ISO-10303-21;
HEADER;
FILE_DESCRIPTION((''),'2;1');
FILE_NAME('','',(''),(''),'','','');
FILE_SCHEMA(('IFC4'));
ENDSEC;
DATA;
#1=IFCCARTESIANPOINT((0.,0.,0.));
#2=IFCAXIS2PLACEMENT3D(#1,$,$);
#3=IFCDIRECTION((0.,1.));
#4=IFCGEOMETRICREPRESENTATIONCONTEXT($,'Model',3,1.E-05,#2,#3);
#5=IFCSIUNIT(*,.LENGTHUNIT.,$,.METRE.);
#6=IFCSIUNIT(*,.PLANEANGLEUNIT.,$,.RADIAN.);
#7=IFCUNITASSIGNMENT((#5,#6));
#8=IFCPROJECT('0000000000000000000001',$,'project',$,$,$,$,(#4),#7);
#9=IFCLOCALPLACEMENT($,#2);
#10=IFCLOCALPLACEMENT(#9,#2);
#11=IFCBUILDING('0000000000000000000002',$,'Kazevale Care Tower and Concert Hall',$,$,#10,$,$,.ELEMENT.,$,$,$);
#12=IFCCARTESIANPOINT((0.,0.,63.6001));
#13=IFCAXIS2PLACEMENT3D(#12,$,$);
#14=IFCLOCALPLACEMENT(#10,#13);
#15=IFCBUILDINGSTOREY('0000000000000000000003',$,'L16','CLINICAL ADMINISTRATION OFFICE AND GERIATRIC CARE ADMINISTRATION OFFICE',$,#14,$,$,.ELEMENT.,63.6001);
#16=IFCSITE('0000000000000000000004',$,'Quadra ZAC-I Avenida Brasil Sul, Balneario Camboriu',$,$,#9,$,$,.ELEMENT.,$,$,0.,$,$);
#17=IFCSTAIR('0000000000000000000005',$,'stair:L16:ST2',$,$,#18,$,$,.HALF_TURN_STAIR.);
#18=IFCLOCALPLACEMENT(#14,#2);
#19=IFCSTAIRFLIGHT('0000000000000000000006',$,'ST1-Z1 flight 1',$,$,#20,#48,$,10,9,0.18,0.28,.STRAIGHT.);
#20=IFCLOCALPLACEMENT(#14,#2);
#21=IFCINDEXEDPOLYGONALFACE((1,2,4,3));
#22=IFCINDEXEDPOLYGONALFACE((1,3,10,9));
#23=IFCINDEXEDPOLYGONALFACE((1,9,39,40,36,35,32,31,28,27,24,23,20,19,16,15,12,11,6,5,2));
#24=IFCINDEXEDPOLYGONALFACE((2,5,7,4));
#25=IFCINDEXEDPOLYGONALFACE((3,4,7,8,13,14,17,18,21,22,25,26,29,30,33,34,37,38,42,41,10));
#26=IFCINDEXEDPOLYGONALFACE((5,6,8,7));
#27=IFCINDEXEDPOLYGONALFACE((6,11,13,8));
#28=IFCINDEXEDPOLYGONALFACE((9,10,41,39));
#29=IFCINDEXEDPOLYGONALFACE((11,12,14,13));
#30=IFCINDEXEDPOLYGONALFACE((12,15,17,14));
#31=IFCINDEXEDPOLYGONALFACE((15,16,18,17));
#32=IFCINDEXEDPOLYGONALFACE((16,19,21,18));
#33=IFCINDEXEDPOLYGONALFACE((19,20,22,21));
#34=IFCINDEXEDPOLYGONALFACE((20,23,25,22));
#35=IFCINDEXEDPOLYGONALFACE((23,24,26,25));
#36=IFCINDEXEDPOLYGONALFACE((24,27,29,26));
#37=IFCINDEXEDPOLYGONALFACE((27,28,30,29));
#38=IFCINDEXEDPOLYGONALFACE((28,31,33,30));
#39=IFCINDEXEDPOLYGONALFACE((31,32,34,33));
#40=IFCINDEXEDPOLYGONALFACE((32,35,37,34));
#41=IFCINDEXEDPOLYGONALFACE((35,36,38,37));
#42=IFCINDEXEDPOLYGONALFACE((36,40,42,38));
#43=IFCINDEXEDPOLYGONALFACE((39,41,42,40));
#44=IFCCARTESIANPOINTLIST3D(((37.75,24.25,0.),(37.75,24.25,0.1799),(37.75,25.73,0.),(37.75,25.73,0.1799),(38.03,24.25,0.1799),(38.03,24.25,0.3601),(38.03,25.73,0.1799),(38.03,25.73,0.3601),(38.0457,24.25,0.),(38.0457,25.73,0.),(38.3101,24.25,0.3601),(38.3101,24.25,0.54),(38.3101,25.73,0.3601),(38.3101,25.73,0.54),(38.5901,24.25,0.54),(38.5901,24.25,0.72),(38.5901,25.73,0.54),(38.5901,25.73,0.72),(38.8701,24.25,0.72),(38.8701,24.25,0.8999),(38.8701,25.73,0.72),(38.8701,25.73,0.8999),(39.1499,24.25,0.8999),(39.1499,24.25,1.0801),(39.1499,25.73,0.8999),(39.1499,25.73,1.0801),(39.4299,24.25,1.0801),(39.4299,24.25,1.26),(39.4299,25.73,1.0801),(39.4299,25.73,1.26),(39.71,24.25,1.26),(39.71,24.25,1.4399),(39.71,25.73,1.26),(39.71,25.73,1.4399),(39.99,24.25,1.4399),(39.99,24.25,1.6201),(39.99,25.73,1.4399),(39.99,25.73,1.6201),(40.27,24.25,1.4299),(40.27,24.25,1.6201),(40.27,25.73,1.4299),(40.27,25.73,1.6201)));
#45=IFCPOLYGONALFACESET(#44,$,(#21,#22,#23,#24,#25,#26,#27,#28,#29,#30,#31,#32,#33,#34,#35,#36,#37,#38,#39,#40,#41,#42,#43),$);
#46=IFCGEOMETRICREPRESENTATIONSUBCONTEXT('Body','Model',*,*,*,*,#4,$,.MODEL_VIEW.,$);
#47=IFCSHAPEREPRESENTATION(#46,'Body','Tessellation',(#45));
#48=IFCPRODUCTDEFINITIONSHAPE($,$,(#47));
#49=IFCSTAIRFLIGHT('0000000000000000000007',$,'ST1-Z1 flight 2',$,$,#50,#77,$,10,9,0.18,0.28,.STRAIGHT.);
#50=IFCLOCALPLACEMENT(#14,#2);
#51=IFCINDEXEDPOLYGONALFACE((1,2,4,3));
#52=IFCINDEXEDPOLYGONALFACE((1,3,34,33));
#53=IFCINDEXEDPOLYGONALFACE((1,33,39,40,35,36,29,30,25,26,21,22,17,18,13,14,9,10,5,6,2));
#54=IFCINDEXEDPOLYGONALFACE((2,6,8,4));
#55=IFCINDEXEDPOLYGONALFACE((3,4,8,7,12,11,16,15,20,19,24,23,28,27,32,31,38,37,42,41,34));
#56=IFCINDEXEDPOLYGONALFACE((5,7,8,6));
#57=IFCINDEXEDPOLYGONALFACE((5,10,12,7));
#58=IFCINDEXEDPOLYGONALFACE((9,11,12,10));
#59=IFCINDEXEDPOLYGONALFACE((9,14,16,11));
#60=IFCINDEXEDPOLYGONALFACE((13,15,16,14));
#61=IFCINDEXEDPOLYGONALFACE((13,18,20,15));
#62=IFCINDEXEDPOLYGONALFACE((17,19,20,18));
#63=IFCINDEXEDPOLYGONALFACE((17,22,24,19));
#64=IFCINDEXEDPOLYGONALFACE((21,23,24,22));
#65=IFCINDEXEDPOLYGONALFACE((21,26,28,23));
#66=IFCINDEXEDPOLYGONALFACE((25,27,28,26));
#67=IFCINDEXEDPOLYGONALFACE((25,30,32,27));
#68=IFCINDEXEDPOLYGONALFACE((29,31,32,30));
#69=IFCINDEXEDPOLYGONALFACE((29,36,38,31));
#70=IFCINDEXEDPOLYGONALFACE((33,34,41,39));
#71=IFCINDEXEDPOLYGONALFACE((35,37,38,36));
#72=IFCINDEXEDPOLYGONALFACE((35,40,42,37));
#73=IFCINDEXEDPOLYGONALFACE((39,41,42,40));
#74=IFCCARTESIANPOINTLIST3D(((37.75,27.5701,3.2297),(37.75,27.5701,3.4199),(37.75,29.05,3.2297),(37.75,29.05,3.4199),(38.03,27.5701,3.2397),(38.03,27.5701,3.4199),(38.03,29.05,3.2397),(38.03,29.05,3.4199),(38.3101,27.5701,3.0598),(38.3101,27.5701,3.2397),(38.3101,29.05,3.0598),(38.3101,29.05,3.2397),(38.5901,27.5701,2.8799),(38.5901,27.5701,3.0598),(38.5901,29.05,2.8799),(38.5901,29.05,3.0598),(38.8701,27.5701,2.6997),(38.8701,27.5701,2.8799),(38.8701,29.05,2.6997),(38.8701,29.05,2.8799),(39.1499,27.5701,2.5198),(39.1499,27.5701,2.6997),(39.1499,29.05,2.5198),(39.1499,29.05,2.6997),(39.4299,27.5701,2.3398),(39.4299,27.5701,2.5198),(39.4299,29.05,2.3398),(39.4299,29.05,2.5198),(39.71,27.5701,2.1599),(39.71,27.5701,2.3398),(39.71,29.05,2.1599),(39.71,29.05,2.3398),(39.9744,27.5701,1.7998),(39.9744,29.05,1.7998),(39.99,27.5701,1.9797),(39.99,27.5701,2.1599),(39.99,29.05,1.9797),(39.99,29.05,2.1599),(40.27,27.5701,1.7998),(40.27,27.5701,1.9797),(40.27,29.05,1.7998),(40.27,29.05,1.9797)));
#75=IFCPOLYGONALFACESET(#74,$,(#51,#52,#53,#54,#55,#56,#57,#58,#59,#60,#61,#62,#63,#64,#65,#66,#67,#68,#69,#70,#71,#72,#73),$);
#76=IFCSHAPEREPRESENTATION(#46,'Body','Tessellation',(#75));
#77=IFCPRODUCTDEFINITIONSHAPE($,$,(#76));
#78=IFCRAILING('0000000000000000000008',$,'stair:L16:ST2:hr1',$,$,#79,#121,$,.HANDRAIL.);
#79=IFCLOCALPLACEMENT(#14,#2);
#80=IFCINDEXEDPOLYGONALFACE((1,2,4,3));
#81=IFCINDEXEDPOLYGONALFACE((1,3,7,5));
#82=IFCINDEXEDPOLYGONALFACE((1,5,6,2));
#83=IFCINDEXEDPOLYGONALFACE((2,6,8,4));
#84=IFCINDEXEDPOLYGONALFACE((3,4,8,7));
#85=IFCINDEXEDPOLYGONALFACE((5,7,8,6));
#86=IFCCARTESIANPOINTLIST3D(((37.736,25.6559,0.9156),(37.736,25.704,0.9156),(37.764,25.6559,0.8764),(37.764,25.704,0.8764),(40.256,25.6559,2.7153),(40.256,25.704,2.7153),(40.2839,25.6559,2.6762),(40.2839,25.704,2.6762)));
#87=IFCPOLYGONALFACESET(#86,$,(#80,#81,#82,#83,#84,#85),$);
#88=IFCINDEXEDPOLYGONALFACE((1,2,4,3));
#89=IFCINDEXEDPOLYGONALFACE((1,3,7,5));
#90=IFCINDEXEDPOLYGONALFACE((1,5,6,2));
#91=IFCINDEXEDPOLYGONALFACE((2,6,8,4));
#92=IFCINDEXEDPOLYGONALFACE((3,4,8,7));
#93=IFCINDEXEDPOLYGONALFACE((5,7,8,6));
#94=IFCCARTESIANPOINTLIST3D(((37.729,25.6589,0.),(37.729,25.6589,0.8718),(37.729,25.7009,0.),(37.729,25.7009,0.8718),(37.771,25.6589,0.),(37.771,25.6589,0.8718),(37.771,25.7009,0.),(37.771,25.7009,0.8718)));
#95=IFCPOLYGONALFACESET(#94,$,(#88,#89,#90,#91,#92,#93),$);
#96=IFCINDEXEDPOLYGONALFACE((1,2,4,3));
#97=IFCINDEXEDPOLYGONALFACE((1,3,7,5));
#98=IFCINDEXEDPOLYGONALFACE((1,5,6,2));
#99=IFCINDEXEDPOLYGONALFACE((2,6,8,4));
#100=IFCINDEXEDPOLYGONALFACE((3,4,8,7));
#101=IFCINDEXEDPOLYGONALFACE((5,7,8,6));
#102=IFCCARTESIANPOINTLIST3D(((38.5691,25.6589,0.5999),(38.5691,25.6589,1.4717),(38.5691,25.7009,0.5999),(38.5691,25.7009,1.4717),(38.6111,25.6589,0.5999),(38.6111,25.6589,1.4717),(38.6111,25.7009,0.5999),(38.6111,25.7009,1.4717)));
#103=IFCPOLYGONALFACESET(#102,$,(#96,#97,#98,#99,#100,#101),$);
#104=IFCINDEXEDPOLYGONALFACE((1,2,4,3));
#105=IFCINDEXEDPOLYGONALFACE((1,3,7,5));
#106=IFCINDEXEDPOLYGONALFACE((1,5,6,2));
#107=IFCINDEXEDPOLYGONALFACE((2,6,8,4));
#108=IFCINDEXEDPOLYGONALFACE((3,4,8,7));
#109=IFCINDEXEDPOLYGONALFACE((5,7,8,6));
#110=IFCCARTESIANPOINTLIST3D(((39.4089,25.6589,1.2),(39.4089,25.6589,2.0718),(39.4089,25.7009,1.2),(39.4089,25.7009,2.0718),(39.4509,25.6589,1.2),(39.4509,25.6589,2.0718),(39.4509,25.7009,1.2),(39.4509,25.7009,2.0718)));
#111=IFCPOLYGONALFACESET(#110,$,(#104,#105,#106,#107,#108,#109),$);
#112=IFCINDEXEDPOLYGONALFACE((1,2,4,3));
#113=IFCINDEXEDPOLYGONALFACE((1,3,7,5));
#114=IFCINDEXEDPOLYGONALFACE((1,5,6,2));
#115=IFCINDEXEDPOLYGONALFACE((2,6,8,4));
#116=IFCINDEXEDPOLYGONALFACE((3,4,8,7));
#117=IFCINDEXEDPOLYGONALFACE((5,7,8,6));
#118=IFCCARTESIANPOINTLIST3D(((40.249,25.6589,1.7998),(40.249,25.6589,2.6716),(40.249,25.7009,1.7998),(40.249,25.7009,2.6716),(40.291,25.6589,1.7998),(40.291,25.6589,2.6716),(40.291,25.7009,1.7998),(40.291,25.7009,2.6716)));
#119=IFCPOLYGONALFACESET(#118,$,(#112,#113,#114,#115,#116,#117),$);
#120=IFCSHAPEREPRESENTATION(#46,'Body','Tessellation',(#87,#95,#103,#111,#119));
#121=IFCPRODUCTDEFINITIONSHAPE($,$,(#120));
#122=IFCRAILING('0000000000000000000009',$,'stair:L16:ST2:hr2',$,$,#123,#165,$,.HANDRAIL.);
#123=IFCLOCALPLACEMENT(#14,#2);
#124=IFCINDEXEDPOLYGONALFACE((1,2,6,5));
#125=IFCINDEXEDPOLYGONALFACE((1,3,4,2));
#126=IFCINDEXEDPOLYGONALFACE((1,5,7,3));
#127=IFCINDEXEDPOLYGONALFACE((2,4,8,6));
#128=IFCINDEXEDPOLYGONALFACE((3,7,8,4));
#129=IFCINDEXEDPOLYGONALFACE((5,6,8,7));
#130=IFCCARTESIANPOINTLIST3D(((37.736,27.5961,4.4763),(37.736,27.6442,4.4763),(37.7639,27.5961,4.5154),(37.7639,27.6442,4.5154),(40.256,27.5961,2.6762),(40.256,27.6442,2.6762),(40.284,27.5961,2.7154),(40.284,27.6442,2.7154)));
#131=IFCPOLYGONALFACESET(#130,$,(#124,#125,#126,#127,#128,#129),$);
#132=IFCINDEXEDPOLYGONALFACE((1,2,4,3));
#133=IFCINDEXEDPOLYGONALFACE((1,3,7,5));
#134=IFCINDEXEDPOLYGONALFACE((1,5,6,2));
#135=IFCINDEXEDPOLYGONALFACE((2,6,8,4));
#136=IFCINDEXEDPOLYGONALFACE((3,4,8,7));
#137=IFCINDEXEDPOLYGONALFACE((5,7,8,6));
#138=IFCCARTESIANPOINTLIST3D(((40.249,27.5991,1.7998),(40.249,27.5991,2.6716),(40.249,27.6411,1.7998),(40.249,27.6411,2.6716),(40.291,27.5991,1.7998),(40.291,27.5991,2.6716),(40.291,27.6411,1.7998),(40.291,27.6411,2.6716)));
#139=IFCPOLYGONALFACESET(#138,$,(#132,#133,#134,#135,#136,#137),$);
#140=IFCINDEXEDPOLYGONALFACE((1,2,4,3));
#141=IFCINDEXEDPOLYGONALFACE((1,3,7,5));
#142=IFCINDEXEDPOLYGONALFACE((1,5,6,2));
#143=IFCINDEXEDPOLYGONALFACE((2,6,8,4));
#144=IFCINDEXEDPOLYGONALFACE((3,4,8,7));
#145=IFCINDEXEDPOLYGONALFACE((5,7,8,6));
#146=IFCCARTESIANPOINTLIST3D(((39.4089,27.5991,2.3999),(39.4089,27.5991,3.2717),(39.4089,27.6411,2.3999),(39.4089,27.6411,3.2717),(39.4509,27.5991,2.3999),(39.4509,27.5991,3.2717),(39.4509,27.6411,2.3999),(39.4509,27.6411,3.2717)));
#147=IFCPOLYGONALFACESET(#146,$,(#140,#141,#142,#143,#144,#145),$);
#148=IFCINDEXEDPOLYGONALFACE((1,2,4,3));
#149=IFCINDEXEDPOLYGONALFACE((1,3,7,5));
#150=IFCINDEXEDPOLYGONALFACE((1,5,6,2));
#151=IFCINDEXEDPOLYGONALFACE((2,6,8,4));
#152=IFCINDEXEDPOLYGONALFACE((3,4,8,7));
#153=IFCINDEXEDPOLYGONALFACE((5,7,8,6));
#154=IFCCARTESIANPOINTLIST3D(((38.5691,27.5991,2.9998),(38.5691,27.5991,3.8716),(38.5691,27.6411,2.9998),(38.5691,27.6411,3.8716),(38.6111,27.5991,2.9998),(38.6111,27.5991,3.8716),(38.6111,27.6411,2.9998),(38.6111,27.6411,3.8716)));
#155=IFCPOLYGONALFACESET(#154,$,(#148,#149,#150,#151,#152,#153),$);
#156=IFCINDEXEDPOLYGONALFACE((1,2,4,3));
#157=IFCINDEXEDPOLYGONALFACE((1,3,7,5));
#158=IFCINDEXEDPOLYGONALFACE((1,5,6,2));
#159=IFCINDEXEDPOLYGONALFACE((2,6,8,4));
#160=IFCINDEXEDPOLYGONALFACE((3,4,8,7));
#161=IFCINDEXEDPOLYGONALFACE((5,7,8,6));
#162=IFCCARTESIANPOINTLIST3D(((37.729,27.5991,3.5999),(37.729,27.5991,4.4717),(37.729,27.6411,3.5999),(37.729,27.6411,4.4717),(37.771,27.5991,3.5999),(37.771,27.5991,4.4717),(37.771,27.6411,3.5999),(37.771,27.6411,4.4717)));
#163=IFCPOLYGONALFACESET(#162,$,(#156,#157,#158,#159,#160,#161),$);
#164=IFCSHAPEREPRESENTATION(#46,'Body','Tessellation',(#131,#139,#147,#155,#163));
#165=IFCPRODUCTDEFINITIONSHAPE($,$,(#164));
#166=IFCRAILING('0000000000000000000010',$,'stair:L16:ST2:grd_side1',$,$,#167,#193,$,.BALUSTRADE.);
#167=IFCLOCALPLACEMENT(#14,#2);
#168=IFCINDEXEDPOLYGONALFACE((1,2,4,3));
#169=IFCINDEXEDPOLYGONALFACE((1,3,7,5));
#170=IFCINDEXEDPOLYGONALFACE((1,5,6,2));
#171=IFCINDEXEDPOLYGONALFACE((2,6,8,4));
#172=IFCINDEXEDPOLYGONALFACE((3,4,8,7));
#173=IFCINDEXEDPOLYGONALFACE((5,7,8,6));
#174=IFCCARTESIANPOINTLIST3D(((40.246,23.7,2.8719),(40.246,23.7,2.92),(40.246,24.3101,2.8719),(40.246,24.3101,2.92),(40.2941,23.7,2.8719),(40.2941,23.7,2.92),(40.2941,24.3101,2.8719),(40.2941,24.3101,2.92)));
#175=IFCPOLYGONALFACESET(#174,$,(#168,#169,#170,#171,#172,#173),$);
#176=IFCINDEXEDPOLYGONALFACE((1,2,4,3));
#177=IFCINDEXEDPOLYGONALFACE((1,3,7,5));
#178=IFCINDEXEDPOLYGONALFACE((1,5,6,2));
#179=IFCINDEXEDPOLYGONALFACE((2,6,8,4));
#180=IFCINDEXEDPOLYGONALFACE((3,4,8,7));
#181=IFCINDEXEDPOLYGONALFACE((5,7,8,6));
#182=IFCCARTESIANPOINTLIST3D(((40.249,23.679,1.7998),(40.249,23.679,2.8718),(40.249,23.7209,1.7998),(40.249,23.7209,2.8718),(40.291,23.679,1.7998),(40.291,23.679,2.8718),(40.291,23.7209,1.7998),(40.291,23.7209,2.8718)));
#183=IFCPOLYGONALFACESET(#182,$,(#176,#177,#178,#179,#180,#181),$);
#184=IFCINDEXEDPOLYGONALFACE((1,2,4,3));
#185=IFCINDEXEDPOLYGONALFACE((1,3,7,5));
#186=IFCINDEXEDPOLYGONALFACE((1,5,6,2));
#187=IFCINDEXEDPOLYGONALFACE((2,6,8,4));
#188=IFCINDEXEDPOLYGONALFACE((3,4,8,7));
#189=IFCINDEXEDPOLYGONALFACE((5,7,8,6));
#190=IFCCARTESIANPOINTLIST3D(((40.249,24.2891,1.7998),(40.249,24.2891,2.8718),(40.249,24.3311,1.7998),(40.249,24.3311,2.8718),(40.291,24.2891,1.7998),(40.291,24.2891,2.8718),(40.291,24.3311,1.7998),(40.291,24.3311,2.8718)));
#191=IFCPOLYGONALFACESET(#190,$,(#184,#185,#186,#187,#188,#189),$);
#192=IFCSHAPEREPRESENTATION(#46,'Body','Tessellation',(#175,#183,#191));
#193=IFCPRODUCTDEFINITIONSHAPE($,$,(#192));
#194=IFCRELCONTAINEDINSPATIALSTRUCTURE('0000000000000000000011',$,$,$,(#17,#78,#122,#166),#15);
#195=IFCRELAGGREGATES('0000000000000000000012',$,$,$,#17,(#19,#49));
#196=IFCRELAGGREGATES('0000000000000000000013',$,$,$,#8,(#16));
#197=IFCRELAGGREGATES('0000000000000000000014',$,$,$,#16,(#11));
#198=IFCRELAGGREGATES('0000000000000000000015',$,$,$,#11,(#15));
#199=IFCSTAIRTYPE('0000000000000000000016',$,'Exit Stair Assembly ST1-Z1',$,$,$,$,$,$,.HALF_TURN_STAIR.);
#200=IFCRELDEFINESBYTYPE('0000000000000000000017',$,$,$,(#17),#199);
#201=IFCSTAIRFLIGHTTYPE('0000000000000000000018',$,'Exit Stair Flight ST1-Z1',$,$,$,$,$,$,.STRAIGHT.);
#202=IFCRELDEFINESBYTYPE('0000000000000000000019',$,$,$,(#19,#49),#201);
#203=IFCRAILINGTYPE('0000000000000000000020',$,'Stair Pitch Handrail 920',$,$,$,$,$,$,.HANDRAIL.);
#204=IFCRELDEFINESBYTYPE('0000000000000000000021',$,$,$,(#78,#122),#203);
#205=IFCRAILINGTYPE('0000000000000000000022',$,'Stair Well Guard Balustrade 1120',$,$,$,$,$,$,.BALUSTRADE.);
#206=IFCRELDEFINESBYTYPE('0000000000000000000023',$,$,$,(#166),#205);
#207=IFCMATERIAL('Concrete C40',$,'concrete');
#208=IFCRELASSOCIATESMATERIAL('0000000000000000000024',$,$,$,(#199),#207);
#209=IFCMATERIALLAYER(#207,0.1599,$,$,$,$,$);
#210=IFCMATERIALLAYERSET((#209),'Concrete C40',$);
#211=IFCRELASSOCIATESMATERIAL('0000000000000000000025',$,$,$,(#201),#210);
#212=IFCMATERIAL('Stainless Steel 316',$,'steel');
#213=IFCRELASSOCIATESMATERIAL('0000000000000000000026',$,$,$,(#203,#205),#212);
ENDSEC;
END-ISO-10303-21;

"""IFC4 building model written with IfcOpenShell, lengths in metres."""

from ifc_helpers import new_model, si_unit, direction, frame, origin, origin_2d, place, context, subcontext, project, spatial, polyline, rectangle, outline, extrude, material, layer, layer_set, type_object, element, aggregate, save


model = new_model("IFC4")

# Units and contexts
model_context = context("Model", 3, precision=1e-05, world=origin(), true_north=direction((0.0, 1.0)))
body_context = subcontext(model_context, "Body", "Model", "MODEL_VIEW")
ifc_project = project(units=[si_unit("LENGTHUNIT", "METRE"), si_unit("PLANEANGLEUNIT", "RADIAN")], contexts=[model_context])

# Site, building, storey
site_placement = place(None, origin())
site = spatial("IfcSite", under=ifc_project, at=site_placement, Name="Quadra ZAC-I Avenida Brasil Sul, Balneario Camboriu", CompositionType="ELEMENT", RefElevation=0.0)
building_placement = place(site_placement, origin())
building = spatial("IfcBuilding", under=site, at=building_placement, Name="Kazevale Care Tower and Concert Hall", CompositionType="ELEMENT")
storey_placement = place(building_placement, frame((0.0, 0.0, 63.6001)))
storey = spatial("IfcBuildingStorey", under=building, at=storey_placement, Name="L16", Description="CLINICAL ADMINISTRATION OFFICE AND GERIATRIC CARE ADMINISTRATION OFFICE", CompositionType="ELEMENT", Elevation=63.6001)

# Shared definitions
ifc_material_1 = material(Name="Concrete C40", Category="concrete")

# Stair, stair flights
stair_type = type_object("IfcStairType", Name="Exit Stair Assembly ST1-Z1", PredefinedType="HALF_TURN_STAIR", material=ifc_material_1)
stair_placement = place(storey_placement, origin())
stair = element("IfcStair", 1, at=stair_placement, inside=storey, type_object=stair_type, Name="stair:L16:ST2", PredefinedType="HALF_TURN_STAIR")
ifc_layer_1 = layer(ifc_material_1, 0.1599)
ifc_layer_set_1 = layer_set([ifc_layer_1], Name="Concrete C40")
stair_flight_type = type_object("IfcStairFlightType", Name="Exit Stair Flight ST1-Z1", PredefinedType="STRAIGHT", material=ifc_layer_set_1)
stair_flight_1_placement = place(storey_placement, frame((37.75, 24.99, 0.0), z_axis=(0.0, 0.0, 1.0), x_axis=(1.0, 0.0, 0.0)))
stair_flight_1 = element("IfcStairFlight", 2, at=stair_flight_1_placement, type_object=stair_flight_type, Name="ST1-Z1 flight 1", NumberOfRisers=10, NumberOfTreads=9, PredefinedType="STRAIGHT", RiserHeight=0.18, TreadLength=0.28, context=body_context, shape_type="SweptSolid", body=[
    extrude(outline(polyline([(0.0, 0.0), (0.0, 0.1799), (0.28, 0.1799), (0.28, 0.3601), (0.5601, 0.3601), (0.5601, 0.54), (0.8401, 0.54), (0.8401, 0.72), (1.1201, 0.72), (1.1201, 0.8999), (1.3999, 0.8999), (1.3999, 1.0801), (1.6799, 1.0801), (1.6799, 1.26), (1.96, 1.26), (1.96, 1.4399), (2.24, 1.4399), (2.24, 1.6201), (2.52, 1.6201), (2.52, 1.8), (2.52, 1.4299), (0.2957, 0.0), (0.0, 0.0)])), frame((0.0, 0.74, 0.0), z_axis=(0.0, -1.0, 0.0), x_axis=(1.0, 0.0, 0.0)), (0.0, 0.0, 1.0), 1.48),
])
stair_flight_2_placement = place(storey_placement, frame((40.27, 28.3101, 1.7998), z_axis=(0.0, 0.0, 1.0), x_axis=(-1.0, 0.0, 0.0)))
stair_flight_2 = element("IfcStairFlight", 3, at=stair_flight_2_placement, type_object=stair_flight_type, Name="ST1-Z1 flight 2", NumberOfRisers=10, NumberOfTreads=9, PredefinedType="STRAIGHT", RiserHeight=0.18, TreadLength=0.28, context=body_context, shape_type="SweptSolid", body=[
    extrude(outline(polyline([(0.0, 0.0), (0.0, 0.1799), (0.28, 0.1799), (0.28, 0.3601), (0.5601, 0.3601), (0.5601, 0.54), (0.8401, 0.54), (0.8401, 0.72), (1.1201, 0.72), (1.1201, 0.8999), (1.3999, 0.8999), (1.3999, 1.0801), (1.6799, 1.0801), (1.6799, 1.26), (1.96, 1.26), (1.96, 1.4399), (2.24, 1.4399), (2.24, 1.6201), (2.52, 1.6201), (2.52, 1.8), (2.52, 1.4299), (0.2957, 0.0), (0.0, 0.0)])), frame((0.0, 0.74, 0.0), z_axis=(0.0, -1.0, 0.0), x_axis=(1.0, 0.0, 0.0)), (0.0, 0.0, 1.0), 1.48),
])
aggregate(stair, [stair_flight_1, stair_flight_2])

# Railings
ifc_material_2 = material(Name="Stainless Steel 316", Category="steel")
railing_type_1 = type_object("IfcRailingType", Name="Stair Pitch Handrail 920", PredefinedType="HANDRAIL", material=ifc_material_2)
railing_1_placement = place(storey_placement, frame((37.75, 25.6799, 0.0)))
element("IfcRailing", 4, at=railing_1_placement, inside=storey, type_object=railing_type_1, Name="stair:L16:ST2:hr1", PredefinedType="HANDRAIL", context=body_context, shape_type="SweptSolid", body=[
    extrude(rectangle(XDim=0.0481, YDim=0.0481, at=origin_2d()), frame((0.0, 0.0, 0.896), z_axis=(0.813765, 0.0, 0.581193), x_axis=(0.0, 1.0, 0.0)), (0.0, 0.0, 1.0), 3.0967),
    extrude(rectangle(XDim=0.042, YDim=0.042, at=origin_2d()), origin(), (0.0, 0.0, 1.0), 0.8718),
    extrude(rectangle(XDim=0.042, YDim=0.042, at=origin_2d()), frame((0.8401, 0.0, 0.5999)), (0.0, 0.0, 1.0), 0.8718),
    extrude(rectangle(XDim=0.042, YDim=0.042, at=origin_2d()), frame((1.6799, 0.0, 1.2)), (0.0, 0.0, 1.0), 0.8718),
    extrude(rectangle(XDim=0.042, YDim=0.042, at=origin_2d()), frame((2.52, 0.0, 1.7998)), (0.0, 0.0, 1.0), 0.8718),
])
railing_2_placement = place(storey_placement, frame((40.27, 27.6201, 1.7998)))
element("IfcRailing", 5, at=railing_2_placement, inside=storey, type_object=railing_type_1, Name="stair:L16:ST2:hr2", PredefinedType="HANDRAIL", context=body_context, shape_type="SweptSolid", body=[
    extrude(rectangle(XDim=0.0481, YDim=0.0481, at=origin_2d()), frame((0.0, 0.0, 0.896), z_axis=(-0.813728, 0.0, 0.581246), x_axis=(0.0, -1.0, 0.0)), (0.0, 0.0, 1.0), 3.0969),
    extrude(rectangle(XDim=0.042, YDim=0.042, at=origin_2d()), origin(), (0.0, 0.0, 1.0), 0.8718),
    extrude(rectangle(XDim=0.042, YDim=0.042, at=origin_2d()), frame((-0.8401, 0.0, 0.6001)), (0.0, 0.0, 1.0), 0.8718),
    extrude(rectangle(XDim=0.042, YDim=0.042, at=origin_2d()), frame((-1.6799, 0.0, 1.2)), (0.0, 0.0, 1.0), 0.8718),
    extrude(rectangle(XDim=0.042, YDim=0.042, at=origin_2d()), frame((-2.52, 0.0, 1.8)), (0.0, 0.0, 1.0), 0.8718),
])
railing_type_2 = type_object("IfcRailingType", Name="Stair Well Guard Balustrade 1120", PredefinedType="BALUSTRADE", material=ifc_material_2)
railing_3_placement = place(storey_placement, frame((40.27, 23.7, 1.7998)))
element("IfcRailing", 6, at=railing_3_placement, inside=storey, type_object=railing_type_2, Name="stair:L16:ST2:grd_side1", PredefinedType="BALUSTRADE", context=body_context, shape_type="SweptSolid", body=[
    extrude(rectangle(XDim=0.0481, YDim=0.0481, at=origin_2d()), frame((0.0, 0.0, 1.0962), z_axis=(0.0, 1.0, 0.0), x_axis=(-1.0, 0.0, 0.0)), (0.0, 0.0, 1.0), 0.6101),
    extrude(rectangle(XDim=0.042, YDim=0.042, at=origin_2d()), origin(), (0.0, 0.0, 1.0), 1.072),
    extrude(rectangle(XDim=0.042, YDim=0.042, at=origin_2d()), frame((0.0, 0.6101, 0.0)), (0.0, 0.0, 1.0), 1.072),
])

save(model, "model.ifc")
